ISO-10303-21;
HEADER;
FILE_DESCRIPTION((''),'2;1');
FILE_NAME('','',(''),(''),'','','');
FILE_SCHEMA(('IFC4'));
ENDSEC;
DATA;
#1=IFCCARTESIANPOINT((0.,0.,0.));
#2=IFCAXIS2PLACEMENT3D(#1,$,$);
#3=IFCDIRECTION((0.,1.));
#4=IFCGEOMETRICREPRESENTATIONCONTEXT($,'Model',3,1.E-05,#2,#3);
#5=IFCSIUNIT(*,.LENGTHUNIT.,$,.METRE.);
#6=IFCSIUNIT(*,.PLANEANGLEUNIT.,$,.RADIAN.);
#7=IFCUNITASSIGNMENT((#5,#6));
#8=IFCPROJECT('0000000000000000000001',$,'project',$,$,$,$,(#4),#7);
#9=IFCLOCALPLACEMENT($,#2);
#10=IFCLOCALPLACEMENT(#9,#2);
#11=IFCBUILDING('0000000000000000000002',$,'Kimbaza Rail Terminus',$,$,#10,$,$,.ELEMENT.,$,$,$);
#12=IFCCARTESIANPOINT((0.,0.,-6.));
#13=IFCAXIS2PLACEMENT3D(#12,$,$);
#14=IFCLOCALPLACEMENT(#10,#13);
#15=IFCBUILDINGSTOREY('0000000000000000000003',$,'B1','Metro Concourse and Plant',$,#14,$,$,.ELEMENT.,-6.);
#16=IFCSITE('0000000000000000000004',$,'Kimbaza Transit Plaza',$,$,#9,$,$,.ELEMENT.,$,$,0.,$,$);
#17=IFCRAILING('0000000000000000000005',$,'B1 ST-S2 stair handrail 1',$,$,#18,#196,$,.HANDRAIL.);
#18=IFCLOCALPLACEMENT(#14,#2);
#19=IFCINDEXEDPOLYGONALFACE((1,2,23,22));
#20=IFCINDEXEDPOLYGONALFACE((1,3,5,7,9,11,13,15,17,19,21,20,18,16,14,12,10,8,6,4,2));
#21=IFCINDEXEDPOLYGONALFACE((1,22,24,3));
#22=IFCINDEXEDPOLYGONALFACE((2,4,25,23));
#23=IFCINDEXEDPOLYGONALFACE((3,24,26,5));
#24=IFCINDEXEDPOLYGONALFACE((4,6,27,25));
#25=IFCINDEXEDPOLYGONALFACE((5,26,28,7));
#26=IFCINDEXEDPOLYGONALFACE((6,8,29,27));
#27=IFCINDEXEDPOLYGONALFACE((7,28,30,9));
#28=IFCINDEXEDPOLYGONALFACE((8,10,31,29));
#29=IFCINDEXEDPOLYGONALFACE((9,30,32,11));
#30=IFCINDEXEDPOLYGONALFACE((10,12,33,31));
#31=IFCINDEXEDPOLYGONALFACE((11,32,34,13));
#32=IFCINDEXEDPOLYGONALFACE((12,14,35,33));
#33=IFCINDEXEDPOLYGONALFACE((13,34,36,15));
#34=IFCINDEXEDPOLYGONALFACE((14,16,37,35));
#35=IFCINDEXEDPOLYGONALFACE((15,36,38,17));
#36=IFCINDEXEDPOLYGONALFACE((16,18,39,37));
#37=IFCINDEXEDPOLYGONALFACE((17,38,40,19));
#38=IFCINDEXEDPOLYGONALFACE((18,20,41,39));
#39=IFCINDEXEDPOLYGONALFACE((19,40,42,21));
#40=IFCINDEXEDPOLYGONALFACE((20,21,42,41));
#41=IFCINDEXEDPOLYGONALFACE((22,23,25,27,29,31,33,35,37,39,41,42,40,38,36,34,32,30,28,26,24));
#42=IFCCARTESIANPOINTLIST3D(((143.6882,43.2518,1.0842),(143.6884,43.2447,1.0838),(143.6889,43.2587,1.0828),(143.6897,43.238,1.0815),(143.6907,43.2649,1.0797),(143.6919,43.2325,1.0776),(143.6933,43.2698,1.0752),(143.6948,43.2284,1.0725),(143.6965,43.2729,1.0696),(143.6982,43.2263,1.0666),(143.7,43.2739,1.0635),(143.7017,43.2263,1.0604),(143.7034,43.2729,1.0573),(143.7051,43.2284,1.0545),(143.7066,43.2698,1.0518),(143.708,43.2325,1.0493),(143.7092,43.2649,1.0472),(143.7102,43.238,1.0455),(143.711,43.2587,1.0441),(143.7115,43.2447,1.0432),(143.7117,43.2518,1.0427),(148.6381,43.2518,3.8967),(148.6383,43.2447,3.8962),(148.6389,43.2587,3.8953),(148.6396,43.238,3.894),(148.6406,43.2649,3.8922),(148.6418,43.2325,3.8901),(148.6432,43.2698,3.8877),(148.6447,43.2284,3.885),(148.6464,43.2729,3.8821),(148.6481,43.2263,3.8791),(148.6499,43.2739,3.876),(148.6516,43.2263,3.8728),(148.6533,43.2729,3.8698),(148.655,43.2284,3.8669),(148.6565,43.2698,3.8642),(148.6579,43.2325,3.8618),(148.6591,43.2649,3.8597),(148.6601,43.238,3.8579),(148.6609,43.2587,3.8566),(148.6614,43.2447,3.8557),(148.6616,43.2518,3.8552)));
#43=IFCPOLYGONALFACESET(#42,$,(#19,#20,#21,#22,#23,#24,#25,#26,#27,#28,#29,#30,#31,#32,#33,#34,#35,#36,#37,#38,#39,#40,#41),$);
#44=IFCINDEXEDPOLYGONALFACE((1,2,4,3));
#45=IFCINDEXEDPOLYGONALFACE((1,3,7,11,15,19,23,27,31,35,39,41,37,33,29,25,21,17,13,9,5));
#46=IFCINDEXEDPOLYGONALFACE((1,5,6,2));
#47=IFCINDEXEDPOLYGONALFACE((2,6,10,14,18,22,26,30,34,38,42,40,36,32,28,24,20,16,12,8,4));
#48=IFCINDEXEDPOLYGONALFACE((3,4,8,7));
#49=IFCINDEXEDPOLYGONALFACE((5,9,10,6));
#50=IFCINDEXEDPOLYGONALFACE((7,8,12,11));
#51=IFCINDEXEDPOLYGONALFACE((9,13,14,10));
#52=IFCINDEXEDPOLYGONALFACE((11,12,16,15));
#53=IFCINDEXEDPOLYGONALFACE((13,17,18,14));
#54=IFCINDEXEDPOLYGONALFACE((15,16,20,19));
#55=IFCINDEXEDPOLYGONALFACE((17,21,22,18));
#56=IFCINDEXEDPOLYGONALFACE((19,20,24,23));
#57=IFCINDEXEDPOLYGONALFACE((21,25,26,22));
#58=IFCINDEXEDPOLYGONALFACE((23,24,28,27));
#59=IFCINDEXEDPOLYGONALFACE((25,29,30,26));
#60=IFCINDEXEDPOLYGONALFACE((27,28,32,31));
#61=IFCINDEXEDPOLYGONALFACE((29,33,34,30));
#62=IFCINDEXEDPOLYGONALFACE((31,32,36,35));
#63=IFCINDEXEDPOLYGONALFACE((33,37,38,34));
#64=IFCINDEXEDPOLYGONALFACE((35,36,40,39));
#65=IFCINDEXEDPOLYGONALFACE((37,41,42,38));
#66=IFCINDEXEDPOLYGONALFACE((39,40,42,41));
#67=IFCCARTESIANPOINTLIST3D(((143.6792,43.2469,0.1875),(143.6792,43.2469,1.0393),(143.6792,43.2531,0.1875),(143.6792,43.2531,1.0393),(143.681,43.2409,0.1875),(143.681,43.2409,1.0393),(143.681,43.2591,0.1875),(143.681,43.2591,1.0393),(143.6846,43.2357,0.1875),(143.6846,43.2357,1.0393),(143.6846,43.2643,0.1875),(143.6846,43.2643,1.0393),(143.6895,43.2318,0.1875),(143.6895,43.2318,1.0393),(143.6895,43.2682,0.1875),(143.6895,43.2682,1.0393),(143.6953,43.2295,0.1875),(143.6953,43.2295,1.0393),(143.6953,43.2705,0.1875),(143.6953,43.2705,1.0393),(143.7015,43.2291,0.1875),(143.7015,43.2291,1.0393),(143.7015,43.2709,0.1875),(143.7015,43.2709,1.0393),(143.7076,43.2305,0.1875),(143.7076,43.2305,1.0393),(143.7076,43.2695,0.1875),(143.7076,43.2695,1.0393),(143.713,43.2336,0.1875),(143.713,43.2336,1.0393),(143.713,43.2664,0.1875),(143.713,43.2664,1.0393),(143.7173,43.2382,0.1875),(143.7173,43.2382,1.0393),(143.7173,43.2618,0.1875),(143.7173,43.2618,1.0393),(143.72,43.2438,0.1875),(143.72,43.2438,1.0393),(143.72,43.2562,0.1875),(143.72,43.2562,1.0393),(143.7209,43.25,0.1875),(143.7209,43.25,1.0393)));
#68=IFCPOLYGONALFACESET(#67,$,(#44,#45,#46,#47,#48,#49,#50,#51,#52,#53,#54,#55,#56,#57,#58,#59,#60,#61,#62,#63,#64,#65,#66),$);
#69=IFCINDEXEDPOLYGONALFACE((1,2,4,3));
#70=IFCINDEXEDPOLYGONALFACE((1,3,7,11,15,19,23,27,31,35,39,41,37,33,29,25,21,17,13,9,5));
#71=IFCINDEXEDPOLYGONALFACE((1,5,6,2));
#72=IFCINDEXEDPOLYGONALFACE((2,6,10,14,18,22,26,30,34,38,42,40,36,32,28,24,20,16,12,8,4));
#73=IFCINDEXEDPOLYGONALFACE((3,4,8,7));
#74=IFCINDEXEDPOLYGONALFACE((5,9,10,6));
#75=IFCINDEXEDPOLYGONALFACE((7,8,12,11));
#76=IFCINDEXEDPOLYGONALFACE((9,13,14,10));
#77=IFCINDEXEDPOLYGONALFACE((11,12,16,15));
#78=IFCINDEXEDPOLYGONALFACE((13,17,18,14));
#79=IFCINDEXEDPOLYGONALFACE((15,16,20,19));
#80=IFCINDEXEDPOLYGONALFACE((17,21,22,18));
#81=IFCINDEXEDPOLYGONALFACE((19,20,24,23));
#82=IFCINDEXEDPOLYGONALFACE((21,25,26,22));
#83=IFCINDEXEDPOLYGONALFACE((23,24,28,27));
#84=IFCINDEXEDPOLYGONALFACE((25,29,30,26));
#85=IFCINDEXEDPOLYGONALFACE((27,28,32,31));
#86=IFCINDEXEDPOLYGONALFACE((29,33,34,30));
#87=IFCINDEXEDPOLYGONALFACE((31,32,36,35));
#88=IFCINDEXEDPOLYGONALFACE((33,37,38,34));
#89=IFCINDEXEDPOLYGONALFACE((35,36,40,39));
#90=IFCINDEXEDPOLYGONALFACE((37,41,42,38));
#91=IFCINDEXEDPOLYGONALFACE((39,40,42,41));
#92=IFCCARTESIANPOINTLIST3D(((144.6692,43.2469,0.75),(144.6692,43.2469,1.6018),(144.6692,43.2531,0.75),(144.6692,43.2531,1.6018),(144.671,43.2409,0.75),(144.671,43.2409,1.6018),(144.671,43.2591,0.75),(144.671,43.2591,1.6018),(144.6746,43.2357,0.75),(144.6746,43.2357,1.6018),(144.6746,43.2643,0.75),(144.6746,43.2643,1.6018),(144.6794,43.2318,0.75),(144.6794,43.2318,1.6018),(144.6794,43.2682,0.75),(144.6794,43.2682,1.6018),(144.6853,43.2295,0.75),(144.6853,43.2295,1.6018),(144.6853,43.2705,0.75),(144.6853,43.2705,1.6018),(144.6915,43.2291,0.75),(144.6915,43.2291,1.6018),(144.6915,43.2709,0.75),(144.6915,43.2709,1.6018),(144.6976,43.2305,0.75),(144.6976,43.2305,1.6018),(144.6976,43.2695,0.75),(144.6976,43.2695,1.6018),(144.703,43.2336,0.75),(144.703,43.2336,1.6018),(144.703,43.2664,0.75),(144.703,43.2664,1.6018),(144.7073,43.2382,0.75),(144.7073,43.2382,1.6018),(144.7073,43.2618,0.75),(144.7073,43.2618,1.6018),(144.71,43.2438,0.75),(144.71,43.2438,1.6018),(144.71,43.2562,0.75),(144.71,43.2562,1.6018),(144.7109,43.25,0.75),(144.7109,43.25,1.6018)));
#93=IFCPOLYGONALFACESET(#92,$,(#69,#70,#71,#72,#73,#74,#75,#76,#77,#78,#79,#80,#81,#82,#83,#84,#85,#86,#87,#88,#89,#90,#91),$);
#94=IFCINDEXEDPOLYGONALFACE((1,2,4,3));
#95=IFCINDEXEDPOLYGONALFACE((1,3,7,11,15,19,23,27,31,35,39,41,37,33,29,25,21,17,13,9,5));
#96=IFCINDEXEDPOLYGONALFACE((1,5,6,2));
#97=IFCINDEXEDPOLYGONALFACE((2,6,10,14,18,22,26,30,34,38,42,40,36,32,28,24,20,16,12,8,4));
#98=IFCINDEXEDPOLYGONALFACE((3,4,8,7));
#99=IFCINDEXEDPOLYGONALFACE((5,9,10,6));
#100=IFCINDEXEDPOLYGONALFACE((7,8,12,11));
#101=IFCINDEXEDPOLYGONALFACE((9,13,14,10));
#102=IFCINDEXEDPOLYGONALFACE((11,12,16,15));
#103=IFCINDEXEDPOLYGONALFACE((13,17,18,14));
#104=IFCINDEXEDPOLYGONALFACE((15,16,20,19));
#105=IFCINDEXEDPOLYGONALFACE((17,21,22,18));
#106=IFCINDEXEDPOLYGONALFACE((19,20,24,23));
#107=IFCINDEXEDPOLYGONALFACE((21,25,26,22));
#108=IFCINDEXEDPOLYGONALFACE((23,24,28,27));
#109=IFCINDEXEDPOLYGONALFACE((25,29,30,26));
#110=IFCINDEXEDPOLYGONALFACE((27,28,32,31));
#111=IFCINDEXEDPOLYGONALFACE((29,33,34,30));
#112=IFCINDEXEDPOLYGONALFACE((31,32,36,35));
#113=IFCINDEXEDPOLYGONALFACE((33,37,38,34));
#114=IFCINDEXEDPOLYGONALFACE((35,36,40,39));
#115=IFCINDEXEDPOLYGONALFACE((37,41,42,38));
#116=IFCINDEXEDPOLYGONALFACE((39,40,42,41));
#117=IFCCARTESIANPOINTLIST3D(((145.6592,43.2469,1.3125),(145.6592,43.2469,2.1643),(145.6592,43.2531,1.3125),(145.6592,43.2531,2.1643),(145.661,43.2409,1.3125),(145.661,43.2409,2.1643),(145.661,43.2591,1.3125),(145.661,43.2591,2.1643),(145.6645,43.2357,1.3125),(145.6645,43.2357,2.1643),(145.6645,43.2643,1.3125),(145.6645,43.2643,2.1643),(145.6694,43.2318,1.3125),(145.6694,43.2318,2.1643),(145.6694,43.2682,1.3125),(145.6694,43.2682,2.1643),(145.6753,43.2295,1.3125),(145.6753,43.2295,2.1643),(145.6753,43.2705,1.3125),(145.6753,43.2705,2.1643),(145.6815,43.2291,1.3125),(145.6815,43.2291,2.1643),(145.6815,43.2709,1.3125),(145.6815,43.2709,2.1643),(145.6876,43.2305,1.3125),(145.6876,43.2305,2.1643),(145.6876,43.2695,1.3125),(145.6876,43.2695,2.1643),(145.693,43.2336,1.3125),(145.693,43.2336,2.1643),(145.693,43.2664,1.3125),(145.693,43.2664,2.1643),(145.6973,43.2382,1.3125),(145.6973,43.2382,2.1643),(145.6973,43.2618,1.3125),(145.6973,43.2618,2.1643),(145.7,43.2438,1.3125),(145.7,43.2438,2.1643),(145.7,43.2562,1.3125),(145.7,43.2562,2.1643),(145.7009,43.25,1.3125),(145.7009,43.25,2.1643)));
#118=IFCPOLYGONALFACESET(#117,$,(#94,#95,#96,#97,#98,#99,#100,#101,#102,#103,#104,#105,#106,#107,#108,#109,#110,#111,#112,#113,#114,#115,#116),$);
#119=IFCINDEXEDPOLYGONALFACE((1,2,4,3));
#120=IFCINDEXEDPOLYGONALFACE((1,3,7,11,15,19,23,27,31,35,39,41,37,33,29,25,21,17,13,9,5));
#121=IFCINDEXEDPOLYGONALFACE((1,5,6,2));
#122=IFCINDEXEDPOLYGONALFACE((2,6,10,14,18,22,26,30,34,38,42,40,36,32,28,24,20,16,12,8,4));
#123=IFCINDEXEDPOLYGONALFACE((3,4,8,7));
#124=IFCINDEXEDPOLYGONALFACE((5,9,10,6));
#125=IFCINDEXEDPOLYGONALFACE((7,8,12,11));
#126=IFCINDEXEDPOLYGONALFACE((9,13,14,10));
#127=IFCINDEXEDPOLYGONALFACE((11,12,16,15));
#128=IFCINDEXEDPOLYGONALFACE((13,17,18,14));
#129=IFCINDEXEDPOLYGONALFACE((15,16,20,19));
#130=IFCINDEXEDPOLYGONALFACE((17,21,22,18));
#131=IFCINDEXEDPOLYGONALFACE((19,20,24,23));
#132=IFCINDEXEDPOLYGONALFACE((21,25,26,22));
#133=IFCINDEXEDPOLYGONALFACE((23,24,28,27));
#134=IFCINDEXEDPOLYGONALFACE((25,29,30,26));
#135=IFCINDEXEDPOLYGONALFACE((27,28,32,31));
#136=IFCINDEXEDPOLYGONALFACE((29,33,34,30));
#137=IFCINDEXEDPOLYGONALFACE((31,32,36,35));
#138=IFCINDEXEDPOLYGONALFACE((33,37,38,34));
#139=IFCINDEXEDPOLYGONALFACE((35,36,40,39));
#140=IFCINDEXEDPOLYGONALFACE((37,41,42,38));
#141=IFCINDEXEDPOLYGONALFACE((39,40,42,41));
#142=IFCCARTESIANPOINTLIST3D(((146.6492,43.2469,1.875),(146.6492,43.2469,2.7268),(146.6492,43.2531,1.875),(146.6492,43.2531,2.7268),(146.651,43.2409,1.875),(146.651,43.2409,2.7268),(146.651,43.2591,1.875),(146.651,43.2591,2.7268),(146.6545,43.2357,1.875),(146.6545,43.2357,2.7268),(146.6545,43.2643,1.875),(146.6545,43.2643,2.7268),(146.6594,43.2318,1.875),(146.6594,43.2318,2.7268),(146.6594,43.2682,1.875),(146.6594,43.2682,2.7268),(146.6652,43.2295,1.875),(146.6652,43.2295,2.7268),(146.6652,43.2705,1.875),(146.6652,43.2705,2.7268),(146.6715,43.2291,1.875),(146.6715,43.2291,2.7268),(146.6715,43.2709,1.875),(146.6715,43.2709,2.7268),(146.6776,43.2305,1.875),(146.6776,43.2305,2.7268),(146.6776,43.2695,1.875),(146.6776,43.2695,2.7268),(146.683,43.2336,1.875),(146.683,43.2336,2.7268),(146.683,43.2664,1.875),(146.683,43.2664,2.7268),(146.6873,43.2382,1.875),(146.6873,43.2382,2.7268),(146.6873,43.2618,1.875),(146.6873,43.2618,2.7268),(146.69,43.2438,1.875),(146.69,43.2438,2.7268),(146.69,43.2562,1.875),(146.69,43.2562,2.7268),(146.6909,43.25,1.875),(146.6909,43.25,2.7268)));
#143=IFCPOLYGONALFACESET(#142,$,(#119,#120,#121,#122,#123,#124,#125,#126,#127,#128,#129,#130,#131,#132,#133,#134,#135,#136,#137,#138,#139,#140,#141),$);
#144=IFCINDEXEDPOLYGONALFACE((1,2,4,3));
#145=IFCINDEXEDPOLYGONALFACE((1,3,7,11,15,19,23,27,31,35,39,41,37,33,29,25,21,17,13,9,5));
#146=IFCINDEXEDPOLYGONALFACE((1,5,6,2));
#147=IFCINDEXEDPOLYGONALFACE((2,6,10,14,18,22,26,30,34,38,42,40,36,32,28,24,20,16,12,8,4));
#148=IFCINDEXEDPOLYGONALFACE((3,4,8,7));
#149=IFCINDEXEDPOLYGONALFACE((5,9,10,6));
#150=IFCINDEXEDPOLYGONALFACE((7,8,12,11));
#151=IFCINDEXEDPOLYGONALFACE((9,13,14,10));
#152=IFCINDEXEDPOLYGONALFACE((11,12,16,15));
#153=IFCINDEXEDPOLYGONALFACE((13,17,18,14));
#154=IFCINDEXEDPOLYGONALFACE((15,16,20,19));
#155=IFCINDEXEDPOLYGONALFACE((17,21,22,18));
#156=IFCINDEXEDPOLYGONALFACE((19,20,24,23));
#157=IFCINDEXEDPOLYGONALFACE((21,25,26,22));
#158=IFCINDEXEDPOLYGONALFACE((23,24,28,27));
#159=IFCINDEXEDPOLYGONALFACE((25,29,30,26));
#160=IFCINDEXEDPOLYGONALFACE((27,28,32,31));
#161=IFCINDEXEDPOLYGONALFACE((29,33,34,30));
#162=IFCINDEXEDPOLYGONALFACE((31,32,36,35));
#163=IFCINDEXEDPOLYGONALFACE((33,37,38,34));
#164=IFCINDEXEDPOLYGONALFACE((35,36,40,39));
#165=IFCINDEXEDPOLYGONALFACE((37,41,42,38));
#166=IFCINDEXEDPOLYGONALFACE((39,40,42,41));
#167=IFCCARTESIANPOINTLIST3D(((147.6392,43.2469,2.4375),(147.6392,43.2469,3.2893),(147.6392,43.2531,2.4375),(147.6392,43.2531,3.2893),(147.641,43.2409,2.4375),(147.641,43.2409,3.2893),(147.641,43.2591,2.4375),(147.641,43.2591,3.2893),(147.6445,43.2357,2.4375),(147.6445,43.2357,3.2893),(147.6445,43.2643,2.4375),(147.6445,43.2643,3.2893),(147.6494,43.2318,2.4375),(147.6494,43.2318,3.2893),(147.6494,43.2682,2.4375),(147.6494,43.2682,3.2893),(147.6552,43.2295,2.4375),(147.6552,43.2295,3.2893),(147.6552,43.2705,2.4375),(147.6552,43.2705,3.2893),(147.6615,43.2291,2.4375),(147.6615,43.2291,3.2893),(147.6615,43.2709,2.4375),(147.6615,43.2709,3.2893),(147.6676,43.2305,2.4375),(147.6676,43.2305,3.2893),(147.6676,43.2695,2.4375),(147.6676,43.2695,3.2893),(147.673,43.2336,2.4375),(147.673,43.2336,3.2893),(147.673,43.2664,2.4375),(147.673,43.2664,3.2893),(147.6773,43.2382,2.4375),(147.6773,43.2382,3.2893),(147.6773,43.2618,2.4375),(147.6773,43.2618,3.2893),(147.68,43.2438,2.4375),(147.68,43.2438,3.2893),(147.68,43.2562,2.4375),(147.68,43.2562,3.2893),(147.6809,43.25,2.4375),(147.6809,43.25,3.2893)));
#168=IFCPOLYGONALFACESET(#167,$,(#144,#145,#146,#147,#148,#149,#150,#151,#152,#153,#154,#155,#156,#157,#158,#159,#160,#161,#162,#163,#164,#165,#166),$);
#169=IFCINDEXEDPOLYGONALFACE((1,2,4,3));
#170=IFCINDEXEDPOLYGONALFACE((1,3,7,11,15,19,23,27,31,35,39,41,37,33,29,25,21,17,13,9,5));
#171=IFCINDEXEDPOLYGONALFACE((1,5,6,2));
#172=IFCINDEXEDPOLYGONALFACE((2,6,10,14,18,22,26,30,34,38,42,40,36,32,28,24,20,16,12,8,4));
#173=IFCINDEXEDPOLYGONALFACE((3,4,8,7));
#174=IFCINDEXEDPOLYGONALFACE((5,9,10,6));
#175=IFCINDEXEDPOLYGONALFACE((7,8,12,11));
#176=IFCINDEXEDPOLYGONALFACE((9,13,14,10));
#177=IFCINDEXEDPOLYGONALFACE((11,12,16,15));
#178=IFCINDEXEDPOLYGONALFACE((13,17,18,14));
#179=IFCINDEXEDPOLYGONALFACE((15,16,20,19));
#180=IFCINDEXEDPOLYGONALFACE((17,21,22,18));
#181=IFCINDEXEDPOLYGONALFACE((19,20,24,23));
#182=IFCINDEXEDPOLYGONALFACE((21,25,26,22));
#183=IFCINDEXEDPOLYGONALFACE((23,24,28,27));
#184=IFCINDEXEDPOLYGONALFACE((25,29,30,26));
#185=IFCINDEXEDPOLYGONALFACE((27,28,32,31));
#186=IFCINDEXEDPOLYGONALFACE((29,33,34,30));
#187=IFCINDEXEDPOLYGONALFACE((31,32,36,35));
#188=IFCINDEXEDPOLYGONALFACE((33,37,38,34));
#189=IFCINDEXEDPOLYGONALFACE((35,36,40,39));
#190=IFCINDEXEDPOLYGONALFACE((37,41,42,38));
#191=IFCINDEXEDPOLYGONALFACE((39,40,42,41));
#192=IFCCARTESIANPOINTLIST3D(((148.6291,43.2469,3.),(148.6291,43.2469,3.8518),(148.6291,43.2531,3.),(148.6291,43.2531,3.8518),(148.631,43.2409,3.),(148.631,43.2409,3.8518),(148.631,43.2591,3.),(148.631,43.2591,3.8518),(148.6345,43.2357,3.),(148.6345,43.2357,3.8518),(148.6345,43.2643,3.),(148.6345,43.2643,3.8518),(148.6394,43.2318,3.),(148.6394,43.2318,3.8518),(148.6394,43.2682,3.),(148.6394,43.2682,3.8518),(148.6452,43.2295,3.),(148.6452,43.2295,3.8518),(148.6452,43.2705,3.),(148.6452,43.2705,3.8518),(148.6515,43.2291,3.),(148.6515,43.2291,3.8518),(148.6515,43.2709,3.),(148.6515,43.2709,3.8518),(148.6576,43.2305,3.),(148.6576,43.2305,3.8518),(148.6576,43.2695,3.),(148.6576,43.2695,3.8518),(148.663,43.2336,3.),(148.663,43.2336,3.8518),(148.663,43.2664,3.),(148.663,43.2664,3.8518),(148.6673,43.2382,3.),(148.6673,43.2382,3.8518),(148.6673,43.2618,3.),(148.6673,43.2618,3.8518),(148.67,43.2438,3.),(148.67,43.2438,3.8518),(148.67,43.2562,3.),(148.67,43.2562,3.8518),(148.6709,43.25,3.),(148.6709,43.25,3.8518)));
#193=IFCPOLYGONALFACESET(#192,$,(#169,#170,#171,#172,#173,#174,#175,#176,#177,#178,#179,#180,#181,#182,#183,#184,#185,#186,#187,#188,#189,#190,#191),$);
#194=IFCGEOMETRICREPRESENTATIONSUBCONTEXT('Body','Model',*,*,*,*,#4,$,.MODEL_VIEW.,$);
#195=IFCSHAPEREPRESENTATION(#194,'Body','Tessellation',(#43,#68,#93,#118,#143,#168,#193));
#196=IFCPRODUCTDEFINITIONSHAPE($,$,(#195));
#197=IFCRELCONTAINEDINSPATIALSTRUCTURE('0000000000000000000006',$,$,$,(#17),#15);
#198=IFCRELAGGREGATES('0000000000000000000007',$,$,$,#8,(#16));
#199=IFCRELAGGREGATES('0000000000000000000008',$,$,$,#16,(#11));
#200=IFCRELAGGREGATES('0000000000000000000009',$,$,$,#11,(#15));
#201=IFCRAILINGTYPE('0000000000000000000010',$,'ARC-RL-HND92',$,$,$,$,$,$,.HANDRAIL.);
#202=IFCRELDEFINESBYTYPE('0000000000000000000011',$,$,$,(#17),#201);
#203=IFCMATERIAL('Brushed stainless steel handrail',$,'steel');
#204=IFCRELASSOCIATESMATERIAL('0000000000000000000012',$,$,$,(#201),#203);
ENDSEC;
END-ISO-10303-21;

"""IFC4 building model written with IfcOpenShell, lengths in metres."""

from ifc_helpers import new_model, si_unit, direction, frame, origin, origin_2d, place, context, subcontext, project, spatial, circle, extrude, material, type_object, element, save


model = new_model("IFC4")

# Units and contexts
model_context = context("Model", 3, precision=1e-05, world=origin(), true_north=direction((0.0, 1.0)))
body_context = subcontext(model_context, "Body", "Model", "MODEL_VIEW")
ifc_project = project(units=[si_unit("LENGTHUNIT", "METRE"), si_unit("PLANEANGLEUNIT", "RADIAN")], contexts=[model_context])

# Site, building, storey
site_placement = place(None, origin())
site = spatial("IfcSite", under=ifc_project, at=site_placement, Name="Kimbaza Transit Plaza", CompositionType="ELEMENT", RefElevation=0.0)
building_placement = place(site_placement, origin())
building = spatial("IfcBuilding", under=site, at=building_placement, Name="Kimbaza Rail Terminus", CompositionType="ELEMENT")
storey_placement = place(building_placement, frame((0.0, 0.0, -6.0)))
storey = spatial("IfcBuildingStorey", under=building, at=storey_placement, Name="B1", Description="Metro Concourse and Plant", CompositionType="ELEMENT", Elevation=-6.0)

# Railing
ifc_material_1 = material(Name="Brushed stainless steel handrail", Category="steel")
railing_type_1 = type_object("IfcRailingType", Name="ARC-RL-HND92", PredefinedType="HANDRAIL", material=ifc_material_1)
railing_1_placement = place(storey_placement, frame((143.7, 43.25, 0.1875)))
element("IfcRailing", 1, at=railing_1_placement, inside=storey, type_object=railing_type_1, Name="B1 ST-S2 stair handrail 1", PredefinedType="HANDRAIL", context=body_context, shape_type="SweptSolid", body=[
    extrude(circle(Radius=0.0239, at=origin_2d()), frame((0.0, 0.0, 0.876), z_axis=(0.869454, 0.0, 0.494013), x_axis=(0.0, 1.0, 0.0)), (0.0, 0.0, 1.0), 5.6931),
    extrude(circle(Radius=0.021, at=origin_2d()), origin(), (0.0, 0.0, 1.0), 0.8518),
    extrude(circle(Radius=0.021, at=origin_2d()), frame((0.99, 0.0, 0.5625)), (0.0, 0.0, 1.0), 0.8518),
    extrude(circle(Radius=0.021, at=origin_2d()), frame((1.98, 0.0, 1.125)), (0.0, 0.0, 1.0), 0.8518),
    extrude(circle(Radius=0.021, at=origin_2d()), frame((2.97, 0.0, 1.6875)), (0.0, 0.0, 1.0), 0.8518),
    extrude(circle(Radius=0.021, at=origin_2d()), frame((3.96, 0.0, 2.25)), (0.0, 0.0, 1.0), 0.8518),
    extrude(circle(Radius=0.021, at=origin_2d()), frame((4.95, 0.0, 2.8125)), (0.0, 0.0, 1.0), 0.8518),
])

save(model, "model.ifc")
